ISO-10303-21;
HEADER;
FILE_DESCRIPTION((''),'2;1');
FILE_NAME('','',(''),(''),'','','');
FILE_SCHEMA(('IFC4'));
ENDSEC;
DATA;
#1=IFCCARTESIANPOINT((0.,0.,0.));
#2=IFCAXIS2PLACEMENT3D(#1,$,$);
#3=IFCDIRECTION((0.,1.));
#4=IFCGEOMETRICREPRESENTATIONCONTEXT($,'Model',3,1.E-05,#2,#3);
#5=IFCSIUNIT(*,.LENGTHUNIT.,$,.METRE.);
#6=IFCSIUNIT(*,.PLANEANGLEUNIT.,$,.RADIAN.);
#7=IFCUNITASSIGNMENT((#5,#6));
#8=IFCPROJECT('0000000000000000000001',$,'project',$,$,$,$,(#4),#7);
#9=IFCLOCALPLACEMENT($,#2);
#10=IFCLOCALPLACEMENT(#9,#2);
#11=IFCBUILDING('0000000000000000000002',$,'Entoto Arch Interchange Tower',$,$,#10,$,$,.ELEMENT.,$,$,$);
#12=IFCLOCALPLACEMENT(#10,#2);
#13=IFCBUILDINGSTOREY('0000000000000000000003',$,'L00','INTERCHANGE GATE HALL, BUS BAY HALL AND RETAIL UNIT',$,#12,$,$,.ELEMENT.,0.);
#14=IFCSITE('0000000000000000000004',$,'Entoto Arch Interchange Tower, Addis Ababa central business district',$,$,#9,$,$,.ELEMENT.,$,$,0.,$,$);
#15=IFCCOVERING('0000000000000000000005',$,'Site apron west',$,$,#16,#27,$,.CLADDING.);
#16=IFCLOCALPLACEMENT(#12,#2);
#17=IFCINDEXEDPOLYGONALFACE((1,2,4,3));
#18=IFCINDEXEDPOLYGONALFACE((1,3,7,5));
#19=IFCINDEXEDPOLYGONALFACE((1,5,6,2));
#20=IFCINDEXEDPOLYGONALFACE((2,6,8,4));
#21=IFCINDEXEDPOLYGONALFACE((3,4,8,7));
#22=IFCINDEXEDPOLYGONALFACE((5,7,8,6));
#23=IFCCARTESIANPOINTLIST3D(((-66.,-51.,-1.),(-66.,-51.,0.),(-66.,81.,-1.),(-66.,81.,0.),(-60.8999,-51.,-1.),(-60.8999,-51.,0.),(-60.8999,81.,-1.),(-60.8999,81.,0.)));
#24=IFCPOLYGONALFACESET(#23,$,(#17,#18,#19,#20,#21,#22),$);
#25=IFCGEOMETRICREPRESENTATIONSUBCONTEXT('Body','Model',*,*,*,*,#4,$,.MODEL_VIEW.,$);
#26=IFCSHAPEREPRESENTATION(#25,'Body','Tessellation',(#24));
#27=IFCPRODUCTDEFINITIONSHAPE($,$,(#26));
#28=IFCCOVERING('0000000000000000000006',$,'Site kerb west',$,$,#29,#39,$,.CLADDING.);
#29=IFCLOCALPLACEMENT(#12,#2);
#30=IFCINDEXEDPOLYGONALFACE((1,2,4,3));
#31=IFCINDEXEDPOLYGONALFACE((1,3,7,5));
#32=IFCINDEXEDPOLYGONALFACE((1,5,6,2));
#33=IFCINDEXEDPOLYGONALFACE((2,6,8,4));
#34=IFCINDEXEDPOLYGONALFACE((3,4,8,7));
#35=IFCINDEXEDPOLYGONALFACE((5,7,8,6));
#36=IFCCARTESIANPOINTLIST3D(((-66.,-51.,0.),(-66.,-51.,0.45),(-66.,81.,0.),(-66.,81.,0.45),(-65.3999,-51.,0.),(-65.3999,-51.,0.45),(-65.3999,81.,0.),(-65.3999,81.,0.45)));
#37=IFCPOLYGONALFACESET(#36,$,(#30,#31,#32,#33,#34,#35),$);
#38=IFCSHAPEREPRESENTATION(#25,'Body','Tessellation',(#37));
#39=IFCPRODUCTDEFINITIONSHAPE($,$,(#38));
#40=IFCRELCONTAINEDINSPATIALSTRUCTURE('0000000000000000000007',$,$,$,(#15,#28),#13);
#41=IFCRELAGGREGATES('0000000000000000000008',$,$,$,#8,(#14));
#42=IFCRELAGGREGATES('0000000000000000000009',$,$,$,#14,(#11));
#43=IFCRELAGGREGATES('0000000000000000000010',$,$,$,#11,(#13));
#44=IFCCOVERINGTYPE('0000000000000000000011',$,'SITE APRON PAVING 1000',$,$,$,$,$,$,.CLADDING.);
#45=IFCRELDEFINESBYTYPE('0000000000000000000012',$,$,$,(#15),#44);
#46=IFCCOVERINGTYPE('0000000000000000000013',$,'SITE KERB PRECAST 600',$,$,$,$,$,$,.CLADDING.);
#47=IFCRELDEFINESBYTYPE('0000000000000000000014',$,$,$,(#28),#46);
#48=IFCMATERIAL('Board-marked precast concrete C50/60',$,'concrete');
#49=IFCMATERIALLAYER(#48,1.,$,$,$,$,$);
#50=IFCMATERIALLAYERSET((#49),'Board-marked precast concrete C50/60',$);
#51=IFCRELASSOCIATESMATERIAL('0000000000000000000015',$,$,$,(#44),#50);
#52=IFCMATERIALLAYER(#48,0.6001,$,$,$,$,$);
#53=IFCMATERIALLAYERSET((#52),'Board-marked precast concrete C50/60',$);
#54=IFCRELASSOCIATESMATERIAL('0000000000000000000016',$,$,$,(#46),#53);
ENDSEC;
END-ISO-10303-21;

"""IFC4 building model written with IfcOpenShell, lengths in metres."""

from ifc_helpers import new_model, si_unit, direction, frame, origin, origin_2d, place, context, subcontext, project, spatial, rectangle, extrude, material, layer, layer_set, type_object, element, save


model = new_model("IFC4")

# Units and contexts
model_context = context("Model", 3, precision=1e-05, world=origin(), true_north=direction((0.0, 1.0)))
body_context = subcontext(model_context, "Body", "Model", "MODEL_VIEW")
ifc_project = project(units=[si_unit("LENGTHUNIT", "METRE"), si_unit("PLANEANGLEUNIT", "RADIAN")], contexts=[model_context])

# Site, building, storey
site_placement = place(None, origin())
site = spatial("IfcSite", under=ifc_project, at=site_placement, Name="Entoto Arch Interchange Tower, Addis Ababa central business district", CompositionType="ELEMENT", RefElevation=0.0)
building_placement = place(site_placement, origin())
building = spatial("IfcBuilding", under=site, at=building_placement, Name="Entoto Arch Interchange Tower", CompositionType="ELEMENT")
storey_placement = place(building_placement, origin())
storey = spatial("IfcBuildingStorey", under=building, at=storey_placement, Name="L00", Description="INTERCHANGE GATE HALL, BUS BAY HALL AND RETAIL UNIT", CompositionType="ELEMENT", Elevation=0.0)

# Coverings
ifc_material_1 = material(Name="Board-marked precast concrete C50/60", Category="concrete")
ifc_layer_1 = layer(ifc_material_1, 1.0)
ifc_layer_set_1 = layer_set([ifc_layer_1], Name="Board-marked precast concrete C50/60")
covering_type_1 = type_object("IfcCoveringType", Name="SITE APRON PAVING 1000", PredefinedType="CLADDING", material=ifc_layer_set_1)
covering_1_placement = place(storey_placement, frame((-63.45, 15.0, -1.0), z_axis=(0.0, 0.0, 1.0), x_axis=(1.0, 0.0, 0.0)))
element("IfcCovering", 1, at=covering_1_placement, inside=storey, type_object=covering_type_1, Name="Site apron west", PredefinedType="CLADDING", context=body_context, shape_type="SweptSolid", body=[
    extrude(rectangle(XDim=5.1001, YDim=132.0, at=origin_2d()), origin(), (0.0, 0.0, 1.0), 1.0),
])
ifc_layer_2 = layer(ifc_material_1, 0.6001)
ifc_layer_set_2 = layer_set([ifc_layer_2], Name="Board-marked precast concrete C50/60")
covering_type_2 = type_object("IfcCoveringType", Name="SITE KERB PRECAST 600", PredefinedType="CLADDING", material=ifc_layer_set_2)
covering_2_placement = place(storey_placement, frame((-65.7, 15.0, 0.0), z_axis=(0.0, 0.0, 1.0), x_axis=(1.0, 0.0, 0.0)))
element("IfcCovering", 2, at=covering_2_placement, inside=storey, type_object=covering_type_2, Name="Site kerb west", PredefinedType="CLADDING", context=body_context, shape_type="SweptSolid", body=[
    extrude(rectangle(XDim=0.6001, YDim=132.0, at=origin_2d()), origin(), (0.0, 0.0, 1.0), 0.45),
])

save(model, "model.ifc")
